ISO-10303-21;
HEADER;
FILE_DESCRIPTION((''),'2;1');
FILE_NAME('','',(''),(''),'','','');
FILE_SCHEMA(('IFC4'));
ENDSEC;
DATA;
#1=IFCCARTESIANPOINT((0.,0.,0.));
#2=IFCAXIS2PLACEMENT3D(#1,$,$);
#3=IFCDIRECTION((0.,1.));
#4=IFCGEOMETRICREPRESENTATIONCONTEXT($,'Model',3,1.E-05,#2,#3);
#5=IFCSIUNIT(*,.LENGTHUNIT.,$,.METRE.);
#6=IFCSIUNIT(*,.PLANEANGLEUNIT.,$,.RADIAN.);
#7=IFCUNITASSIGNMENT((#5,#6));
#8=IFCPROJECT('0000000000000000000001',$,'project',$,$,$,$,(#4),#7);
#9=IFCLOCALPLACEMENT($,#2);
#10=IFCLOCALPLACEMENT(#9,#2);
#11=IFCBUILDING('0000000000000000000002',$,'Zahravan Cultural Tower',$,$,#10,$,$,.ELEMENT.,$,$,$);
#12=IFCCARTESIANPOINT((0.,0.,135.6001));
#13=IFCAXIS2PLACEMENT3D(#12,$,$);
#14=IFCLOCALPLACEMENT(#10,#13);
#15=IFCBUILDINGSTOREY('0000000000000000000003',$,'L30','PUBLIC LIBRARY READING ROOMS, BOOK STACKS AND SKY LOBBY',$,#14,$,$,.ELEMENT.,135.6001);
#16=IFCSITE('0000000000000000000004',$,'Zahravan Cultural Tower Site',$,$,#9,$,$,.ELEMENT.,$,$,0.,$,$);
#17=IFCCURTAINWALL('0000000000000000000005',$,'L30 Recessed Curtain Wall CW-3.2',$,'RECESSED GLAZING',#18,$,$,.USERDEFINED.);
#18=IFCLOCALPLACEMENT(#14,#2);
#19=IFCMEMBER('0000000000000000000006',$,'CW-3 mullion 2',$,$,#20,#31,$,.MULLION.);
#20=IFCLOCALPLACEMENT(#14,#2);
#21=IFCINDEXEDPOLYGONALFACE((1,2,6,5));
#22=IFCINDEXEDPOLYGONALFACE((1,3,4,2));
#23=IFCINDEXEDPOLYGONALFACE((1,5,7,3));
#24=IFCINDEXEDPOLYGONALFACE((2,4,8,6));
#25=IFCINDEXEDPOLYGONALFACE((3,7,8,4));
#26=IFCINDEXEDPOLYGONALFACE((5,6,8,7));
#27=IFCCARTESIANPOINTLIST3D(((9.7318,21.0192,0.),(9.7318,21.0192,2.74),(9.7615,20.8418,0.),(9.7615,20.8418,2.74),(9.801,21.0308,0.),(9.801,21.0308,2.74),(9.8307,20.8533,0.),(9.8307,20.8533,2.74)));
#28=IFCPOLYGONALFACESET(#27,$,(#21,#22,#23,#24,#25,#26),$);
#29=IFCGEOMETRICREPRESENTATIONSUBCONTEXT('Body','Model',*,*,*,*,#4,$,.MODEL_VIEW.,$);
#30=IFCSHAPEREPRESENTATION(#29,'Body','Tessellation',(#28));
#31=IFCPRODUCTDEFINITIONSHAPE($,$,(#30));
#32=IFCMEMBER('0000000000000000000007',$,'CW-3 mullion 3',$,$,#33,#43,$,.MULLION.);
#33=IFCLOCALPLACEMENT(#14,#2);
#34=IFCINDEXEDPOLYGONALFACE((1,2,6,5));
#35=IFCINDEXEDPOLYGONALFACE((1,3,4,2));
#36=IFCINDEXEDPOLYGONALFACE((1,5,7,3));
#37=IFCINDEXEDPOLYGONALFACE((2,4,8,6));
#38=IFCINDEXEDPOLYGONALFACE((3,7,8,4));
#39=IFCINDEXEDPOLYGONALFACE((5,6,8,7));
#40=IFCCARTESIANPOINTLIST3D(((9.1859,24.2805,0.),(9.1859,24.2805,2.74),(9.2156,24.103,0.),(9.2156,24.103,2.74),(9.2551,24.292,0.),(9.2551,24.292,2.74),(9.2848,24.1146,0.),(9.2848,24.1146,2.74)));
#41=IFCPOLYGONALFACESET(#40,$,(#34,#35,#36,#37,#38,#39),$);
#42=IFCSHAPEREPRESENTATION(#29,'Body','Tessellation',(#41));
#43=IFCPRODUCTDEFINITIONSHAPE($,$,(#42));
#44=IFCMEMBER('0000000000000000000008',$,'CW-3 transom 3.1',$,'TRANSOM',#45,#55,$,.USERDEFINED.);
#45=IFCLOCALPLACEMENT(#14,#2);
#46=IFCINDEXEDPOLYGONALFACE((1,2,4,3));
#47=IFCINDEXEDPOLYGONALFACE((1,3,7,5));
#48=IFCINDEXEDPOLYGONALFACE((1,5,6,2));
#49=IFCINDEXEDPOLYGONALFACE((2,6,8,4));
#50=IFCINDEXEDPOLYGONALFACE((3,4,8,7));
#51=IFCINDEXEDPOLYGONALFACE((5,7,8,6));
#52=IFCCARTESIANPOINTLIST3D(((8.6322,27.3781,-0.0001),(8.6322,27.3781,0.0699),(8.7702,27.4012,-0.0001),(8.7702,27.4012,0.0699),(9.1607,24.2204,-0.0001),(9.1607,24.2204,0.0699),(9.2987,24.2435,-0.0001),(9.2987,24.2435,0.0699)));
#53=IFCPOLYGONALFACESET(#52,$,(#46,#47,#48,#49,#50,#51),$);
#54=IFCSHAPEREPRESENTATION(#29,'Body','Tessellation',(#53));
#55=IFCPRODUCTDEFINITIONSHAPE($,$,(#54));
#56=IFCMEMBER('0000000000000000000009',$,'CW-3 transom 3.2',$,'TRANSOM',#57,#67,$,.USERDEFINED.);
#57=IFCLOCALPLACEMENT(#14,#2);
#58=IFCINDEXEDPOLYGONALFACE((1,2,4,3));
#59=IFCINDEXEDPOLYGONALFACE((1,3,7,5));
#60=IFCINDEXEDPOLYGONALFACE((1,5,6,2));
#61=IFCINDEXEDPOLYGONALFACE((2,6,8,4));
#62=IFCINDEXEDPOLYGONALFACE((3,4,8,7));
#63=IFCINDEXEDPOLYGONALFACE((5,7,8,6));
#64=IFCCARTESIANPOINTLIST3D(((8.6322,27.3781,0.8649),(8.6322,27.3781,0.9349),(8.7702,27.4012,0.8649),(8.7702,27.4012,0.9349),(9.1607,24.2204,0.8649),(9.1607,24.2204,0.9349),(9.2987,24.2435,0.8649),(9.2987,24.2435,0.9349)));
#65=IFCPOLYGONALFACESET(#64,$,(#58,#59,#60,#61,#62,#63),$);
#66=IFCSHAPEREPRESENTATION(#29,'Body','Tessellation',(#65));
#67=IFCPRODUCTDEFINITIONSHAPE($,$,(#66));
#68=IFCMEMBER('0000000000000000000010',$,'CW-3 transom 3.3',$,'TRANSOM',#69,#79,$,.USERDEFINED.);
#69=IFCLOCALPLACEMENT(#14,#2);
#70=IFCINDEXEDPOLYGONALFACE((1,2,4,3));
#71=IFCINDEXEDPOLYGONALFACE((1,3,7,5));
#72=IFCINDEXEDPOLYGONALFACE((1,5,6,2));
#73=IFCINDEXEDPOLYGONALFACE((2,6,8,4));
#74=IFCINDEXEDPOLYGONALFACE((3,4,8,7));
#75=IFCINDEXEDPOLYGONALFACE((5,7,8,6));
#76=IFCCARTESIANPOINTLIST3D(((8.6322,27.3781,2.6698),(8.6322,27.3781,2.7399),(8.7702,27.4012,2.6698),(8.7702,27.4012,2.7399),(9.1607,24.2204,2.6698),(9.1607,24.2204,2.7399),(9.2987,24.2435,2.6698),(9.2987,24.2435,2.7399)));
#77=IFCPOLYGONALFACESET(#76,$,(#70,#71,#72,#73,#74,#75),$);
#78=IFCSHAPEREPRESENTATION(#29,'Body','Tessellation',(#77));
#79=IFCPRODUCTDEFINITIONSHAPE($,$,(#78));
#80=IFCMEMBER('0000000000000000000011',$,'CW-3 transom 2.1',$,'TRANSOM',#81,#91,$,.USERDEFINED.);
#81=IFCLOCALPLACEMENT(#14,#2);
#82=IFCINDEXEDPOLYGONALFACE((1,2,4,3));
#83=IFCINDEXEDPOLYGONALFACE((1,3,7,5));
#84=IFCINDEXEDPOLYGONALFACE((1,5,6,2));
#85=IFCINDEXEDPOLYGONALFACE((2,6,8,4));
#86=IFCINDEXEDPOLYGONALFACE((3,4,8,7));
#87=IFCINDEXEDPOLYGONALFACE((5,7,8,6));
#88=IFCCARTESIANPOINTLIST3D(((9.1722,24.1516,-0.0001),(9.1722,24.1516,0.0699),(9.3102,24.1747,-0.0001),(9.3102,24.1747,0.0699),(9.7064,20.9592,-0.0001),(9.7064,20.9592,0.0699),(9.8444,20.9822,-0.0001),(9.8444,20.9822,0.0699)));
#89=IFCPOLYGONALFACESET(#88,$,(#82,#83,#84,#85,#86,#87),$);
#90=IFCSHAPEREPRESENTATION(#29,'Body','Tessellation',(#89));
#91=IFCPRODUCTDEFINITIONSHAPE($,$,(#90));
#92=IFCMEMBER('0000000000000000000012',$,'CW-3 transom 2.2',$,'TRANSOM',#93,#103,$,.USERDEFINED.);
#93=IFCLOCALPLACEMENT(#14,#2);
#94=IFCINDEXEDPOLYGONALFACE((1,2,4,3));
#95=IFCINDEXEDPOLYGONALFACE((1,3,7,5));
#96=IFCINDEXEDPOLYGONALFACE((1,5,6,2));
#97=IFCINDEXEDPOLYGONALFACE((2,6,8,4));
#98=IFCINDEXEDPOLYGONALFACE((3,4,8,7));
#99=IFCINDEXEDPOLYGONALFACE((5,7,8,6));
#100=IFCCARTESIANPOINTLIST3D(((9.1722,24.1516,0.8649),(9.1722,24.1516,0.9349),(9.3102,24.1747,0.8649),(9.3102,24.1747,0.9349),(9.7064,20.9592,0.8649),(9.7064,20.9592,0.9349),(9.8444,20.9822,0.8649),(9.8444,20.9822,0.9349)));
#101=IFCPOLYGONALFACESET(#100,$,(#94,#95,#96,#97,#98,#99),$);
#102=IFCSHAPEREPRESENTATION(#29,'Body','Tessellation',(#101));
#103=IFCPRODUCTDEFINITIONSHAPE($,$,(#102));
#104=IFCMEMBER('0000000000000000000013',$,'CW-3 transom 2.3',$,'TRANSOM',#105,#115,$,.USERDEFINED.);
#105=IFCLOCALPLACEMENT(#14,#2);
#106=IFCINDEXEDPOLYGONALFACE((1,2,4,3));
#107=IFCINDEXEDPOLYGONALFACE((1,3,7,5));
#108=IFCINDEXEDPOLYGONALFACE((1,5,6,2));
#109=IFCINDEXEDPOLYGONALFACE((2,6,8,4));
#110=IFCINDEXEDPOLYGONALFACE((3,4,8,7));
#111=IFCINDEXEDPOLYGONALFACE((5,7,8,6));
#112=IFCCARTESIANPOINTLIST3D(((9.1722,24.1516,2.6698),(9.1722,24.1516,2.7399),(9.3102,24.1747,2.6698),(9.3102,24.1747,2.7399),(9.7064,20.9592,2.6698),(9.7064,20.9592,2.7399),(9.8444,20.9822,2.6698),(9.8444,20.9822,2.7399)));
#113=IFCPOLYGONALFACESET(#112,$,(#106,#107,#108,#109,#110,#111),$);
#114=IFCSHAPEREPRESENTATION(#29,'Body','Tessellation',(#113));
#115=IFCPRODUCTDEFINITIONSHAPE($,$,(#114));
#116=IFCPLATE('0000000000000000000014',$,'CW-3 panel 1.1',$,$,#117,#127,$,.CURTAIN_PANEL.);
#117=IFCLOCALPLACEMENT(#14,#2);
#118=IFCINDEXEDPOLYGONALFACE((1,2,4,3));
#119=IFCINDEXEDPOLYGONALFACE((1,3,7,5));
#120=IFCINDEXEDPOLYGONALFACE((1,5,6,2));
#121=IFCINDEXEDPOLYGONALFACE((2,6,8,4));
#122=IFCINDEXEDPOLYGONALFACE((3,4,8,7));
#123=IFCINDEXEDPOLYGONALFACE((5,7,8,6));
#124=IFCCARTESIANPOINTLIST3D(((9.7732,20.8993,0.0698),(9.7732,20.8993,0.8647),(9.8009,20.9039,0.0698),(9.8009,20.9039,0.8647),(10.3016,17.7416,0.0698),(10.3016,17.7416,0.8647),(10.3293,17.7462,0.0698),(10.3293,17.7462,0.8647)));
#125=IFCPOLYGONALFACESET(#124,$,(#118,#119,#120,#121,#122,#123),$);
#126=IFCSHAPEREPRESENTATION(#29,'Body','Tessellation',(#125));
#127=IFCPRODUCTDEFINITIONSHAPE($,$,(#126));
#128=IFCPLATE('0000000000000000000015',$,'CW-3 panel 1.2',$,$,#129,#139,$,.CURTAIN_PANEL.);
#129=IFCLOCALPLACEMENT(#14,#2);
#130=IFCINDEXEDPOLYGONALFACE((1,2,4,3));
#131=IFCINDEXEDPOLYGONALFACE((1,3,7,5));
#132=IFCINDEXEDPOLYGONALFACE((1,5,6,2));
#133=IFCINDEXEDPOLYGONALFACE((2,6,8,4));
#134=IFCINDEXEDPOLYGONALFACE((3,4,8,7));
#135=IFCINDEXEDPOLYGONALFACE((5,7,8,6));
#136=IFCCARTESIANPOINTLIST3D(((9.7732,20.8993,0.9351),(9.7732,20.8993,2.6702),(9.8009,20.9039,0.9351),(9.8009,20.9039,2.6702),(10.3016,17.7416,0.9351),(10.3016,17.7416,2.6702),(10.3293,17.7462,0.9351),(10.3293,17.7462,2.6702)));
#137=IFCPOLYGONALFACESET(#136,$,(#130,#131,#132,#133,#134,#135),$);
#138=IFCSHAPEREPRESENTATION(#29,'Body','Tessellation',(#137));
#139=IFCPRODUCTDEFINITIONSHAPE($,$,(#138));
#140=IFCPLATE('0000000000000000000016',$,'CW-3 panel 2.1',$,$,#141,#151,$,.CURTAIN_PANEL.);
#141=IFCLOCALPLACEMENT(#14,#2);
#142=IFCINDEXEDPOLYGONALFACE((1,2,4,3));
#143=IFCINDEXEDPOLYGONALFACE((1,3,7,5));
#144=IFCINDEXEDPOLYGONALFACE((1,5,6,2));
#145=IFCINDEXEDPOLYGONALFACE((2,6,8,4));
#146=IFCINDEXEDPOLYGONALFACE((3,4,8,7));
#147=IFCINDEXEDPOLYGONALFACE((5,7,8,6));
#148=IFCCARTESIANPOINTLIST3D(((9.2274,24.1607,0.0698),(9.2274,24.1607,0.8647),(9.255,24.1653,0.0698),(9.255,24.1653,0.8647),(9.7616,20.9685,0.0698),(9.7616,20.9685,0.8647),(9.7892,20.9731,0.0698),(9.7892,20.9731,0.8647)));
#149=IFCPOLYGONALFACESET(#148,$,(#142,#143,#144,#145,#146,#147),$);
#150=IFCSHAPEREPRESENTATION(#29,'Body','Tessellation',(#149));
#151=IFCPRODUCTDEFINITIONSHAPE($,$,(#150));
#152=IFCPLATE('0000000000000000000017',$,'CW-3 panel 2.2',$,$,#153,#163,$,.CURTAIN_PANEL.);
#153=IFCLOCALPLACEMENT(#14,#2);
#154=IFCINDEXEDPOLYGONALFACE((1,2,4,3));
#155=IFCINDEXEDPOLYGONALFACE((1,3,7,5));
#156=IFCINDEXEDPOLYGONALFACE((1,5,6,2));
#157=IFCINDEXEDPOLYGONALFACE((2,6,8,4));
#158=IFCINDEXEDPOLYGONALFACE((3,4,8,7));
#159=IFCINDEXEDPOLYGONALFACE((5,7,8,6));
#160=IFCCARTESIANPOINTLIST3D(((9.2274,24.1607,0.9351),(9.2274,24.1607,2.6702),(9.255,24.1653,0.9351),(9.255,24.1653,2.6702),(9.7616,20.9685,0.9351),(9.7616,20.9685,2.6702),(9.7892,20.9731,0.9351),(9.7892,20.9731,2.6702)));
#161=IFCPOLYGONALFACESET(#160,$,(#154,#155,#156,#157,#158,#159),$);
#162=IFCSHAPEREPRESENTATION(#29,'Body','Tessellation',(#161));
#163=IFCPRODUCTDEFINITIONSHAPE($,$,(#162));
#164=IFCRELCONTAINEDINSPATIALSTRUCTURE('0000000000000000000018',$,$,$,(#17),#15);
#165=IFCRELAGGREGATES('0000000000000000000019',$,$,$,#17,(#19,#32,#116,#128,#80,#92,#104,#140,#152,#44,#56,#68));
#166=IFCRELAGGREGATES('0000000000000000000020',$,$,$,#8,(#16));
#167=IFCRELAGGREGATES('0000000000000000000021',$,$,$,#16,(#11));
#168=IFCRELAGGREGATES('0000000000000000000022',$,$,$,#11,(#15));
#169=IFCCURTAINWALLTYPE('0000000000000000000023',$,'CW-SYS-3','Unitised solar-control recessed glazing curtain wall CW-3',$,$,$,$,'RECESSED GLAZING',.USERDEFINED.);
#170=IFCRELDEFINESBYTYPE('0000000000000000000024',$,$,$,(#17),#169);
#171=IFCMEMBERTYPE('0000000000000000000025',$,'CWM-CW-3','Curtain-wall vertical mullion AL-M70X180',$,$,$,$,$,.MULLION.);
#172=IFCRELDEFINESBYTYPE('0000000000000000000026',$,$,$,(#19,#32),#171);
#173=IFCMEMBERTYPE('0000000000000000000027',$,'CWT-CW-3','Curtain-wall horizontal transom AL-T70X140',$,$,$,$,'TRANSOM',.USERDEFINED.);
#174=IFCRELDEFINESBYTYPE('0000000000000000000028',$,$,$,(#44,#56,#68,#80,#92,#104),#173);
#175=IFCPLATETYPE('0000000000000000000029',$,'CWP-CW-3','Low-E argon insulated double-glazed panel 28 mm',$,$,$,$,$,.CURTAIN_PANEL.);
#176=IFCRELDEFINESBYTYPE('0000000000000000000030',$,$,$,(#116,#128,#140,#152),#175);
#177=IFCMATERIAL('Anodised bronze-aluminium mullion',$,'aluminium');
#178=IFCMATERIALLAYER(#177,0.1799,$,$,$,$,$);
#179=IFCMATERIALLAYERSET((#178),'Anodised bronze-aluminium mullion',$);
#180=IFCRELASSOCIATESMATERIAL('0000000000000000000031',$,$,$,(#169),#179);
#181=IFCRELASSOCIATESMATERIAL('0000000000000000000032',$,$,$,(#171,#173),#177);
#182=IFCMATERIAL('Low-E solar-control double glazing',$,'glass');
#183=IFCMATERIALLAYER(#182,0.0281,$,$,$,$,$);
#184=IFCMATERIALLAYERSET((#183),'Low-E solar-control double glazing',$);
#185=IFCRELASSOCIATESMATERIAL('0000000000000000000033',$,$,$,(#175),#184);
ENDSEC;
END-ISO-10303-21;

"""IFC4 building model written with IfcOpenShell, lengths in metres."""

from ifc_helpers import new_model, si_unit, direction, frame, origin, origin_2d, place, context, subcontext, project, spatial, rectangle, extrude, source, transform, mapped, material, layer, layer_set, material_profile, profile_set, type_object, element, aggregate, save


model = new_model("IFC4")

# Units and contexts
model_context = context("Model", 3, precision=1e-05, world=origin(), true_north=direction((0.0, 1.0)))
body_context = subcontext(model_context, "Body", "Model", "MODEL_VIEW")
ifc_project = project(units=[si_unit("LENGTHUNIT", "METRE"), si_unit("PLANEANGLEUNIT", "RADIAN")], contexts=[model_context])

# Site, building, storey
site_placement = place(None, origin())
site = spatial("IfcSite", under=ifc_project, at=site_placement, Name="Zahravan Cultural Tower Site", CompositionType="ELEMENT", RefElevation=0.0)
building_placement = place(site_placement, origin())
building = spatial("IfcBuilding", under=site, at=building_placement, Name="Zahravan Cultural Tower", CompositionType="ELEMENT")
storey_placement = place(building_placement, frame((0.0, 0.0, 135.6001)))
storey = spatial("IfcBuildingStorey", under=building, at=storey_placement, Name="L30", Description="PUBLIC LIBRARY READING ROOMS, BOOK STACKS AND SKY LOBBY", CompositionType="ELEMENT", Elevation=135.6001)

# Curtain wall, members, plates
ifc_material_1 = material(Name="Anodised bronze-aluminium mullion", Category="aluminium")
ifc_layer_1 = layer(ifc_material_1, 0.1799)
ifc_layer_set_1 = layer_set([ifc_layer_1], Name="Anodised bronze-aluminium mullion")
curtain_wall_type = type_object("IfcCurtainWallType", Name="CW-SYS-3", Description="Unitised solar-control recessed glazing curtain wall CW-3", ElementType="RECESSED GLAZING", PredefinedType="USERDEFINED", material=ifc_layer_set_1)
curtain_wall_placement = place(storey_placement, origin())
curtain_wall = element("IfcCurtainWall", 1, at=curtain_wall_placement, inside=storey, type_object=curtain_wall_type, Name="L30 Recessed Curtain Wall CW-3.2", ObjectType="RECESSED GLAZING", PredefinedType="USERDEFINED")
ifc_material_profile_1 = material_profile(ifc_material_1, rectangle(XDim=0.0701, YDim=0.1799, at=origin_2d()), Name="AL-M70X180")
ifc_profile_set_1 = profile_set([ifc_material_profile_1], Name="Anodised bronze-aluminium mullion")
member_type_1 = type_object("IfcMemberType", Name="CWM-CW-3", Description="Curtain-wall vertical mullion AL-M70X180", PredefinedType="MULLION", material=ifc_profile_set_1)
shared_shape_1 = source(origin(), body_context, "Body", "SweptSolid", [
    extrude(rectangle(XDim=0.0701, YDim=0.1799, at=origin_2d()), origin(), (0.0, 0.0, 1.0), 2.74),
])
member_1_placement = place(storey_placement, frame((9.7812, 20.9363, 0.0), z_axis=(0.0, 0.0, 1.0), x_axis=(-0.986285, -0.165051, 0.0)))
member_1 = element("IfcMember", 2, at=member_1_placement, type_object=member_type_1, Name="CW-3 mullion 2", PredefinedType="MULLION", context=body_context, shape_type="MappedRepresentation", body=[
    mapped(shared_shape_1, transform((0.0, 0.0, 0.0), x_axis=(1.0, 0.0, 0.0), y_axis=(0.0, 1.0, 0.0), z_axis=(0.0, 0.0, 1.0), scale=1.0)),
])
member_2_placement = place(storey_placement, frame((9.2354, 24.1975, 0.0), z_axis=(0.0, 0.0, 1.0), x_axis=(-0.986285, -0.165051, 0.0)))
member_2 = element("IfcMember", 3, at=member_2_placement, type_object=member_type_1, Name="CW-3 mullion 3", PredefinedType="MULLION", context=body_context, shape_type="MappedRepresentation", body=[
    mapped(shared_shape_1, transform((0.0, 0.0, 0.0), x_axis=(1.0, 0.0, 0.0), y_axis=(0.0, 1.0, 0.0), z_axis=(0.0, 0.0, 1.0), scale=1.0)),
])
ifc_material_profile_2 = material_profile(ifc_material_1, rectangle(XDim=0.1399, YDim=0.0701, at=origin_2d()), Name="AL-T70X140")
ifc_profile_set_2 = profile_set([ifc_material_profile_2], Name="Anodised bronze-aluminium mullion")
member_type_2 = type_object("IfcMemberType", Name="CWT-CW-3", Description="Curtain-wall horizontal transom AL-T70X140", ElementType="TRANSOM", PredefinedType="USERDEFINED", material=ifc_profile_set_2)
shared_shape_2 = source(origin(), body_context, "Body", "SweptSolid", [
    extrude(rectangle(XDim=0.1399, YDim=0.0701, at=origin_2d()), origin(), (0.0, 0.0, 1.0), 3.2017),
])
member_3_placement = place(storey_placement, frame((9.2297, 24.2319, 0.0349), z_axis=(-0.165091, 0.986278, 0.0), x_axis=(-0.986278, -0.165091, 0.0)))
member_3 = element("IfcMember", 4, at=member_3_placement, type_object=member_type_2, Name="CW-3 transom 3.1", ObjectType="TRANSOM", PredefinedType="USERDEFINED", context=body_context, shape_type="MappedRepresentation", body=[
    mapped(shared_shape_2, transform((0.0, 0.0, 0.0), x_axis=(1.0, 0.0, 0.0), y_axis=(0.0, 1.0, 0.0), z_axis=(0.0, 0.0, 1.0), scale=1.0)),
])
member_4_placement = place(storey_placement, frame((9.2297, 24.2319, 0.8999), z_axis=(-0.165091, 0.986278, 0.0), x_axis=(-0.986278, -0.165091, 0.0)))
member_4 = element("IfcMember", 5, at=member_4_placement, type_object=member_type_2, Name="CW-3 transom 3.2", ObjectType="TRANSOM", PredefinedType="USERDEFINED", context=body_context, shape_type="MappedRepresentation", body=[
    mapped(shared_shape_2, transform((0.0, 0.0, 0.0), x_axis=(1.0, 0.0, 0.0), y_axis=(0.0, 1.0, 0.0), z_axis=(0.0, 0.0, 1.0), scale=1.0)),
])
member_5_placement = place(storey_placement, frame((9.2297, 24.2319, 2.7048), z_axis=(-0.165091, 0.986278, 0.0), x_axis=(-0.986278, -0.165091, 0.0)))
member_5 = element("IfcMember", 6, at=member_5_placement, type_object=member_type_2, Name="CW-3 transom 3.3", ObjectType="TRANSOM", PredefinedType="USERDEFINED", context=body_context, shape_type="MappedRepresentation", body=[
    mapped(shared_shape_2, transform((0.0, 0.0, 0.0), x_axis=(1.0, 0.0, 0.0), y_axis=(0.0, 1.0, 0.0), z_axis=(0.0, 0.0, 1.0), scale=1.0)),
])
shared_shape_3 = source(origin(), body_context, "Body", "SweptSolid", [
    extrude(rectangle(XDim=0.1399, YDim=0.0701, at=origin_2d()), origin(), (0.0, 0.0, 1.0), 3.2368),
])
member_6_placement = place(storey_placement, frame((9.7754, 20.9707, 0.0349), z_axis=(-0.165035, 0.986288, 0.0), x_axis=(-0.986288, -0.165035, 0.0)))
member_6 = element("IfcMember", 7, at=member_6_placement, type_object=member_type_2, Name="CW-3 transom 2.1", ObjectType="TRANSOM", PredefinedType="USERDEFINED", context=body_context, shape_type="MappedRepresentation", body=[
    mapped(shared_shape_3, transform((0.0, 0.0, 0.0), x_axis=(1.0, 0.0, 0.0), y_axis=(0.0, 1.0, 0.0), z_axis=(0.0, 0.0, 1.0), scale=1.0)),
])
member_7_placement = place(storey_placement, frame((9.7754, 20.9707, 0.8999), z_axis=(-0.165035, 0.986288, 0.0), x_axis=(-0.986288, -0.165035, 0.0)))
member_7 = element("IfcMember", 8, at=member_7_placement, type_object=member_type_2, Name="CW-3 transom 2.2", ObjectType="TRANSOM", PredefinedType="USERDEFINED", context=body_context, shape_type="MappedRepresentation", body=[
    mapped(shared_shape_3, transform((0.0, 0.0, 0.0), x_axis=(1.0, 0.0, 0.0), y_axis=(0.0, 1.0, 0.0), z_axis=(0.0, 0.0, 1.0), scale=1.0)),
])
member_8_placement = place(storey_placement, frame((9.7754, 20.9707, 2.7048), z_axis=(-0.165035, 0.986288, 0.0), x_axis=(-0.986288, -0.165035, 0.0)))
member_8 = element("IfcMember", 9, at=member_8_placement, type_object=member_type_2, Name="CW-3 transom 2.3", ObjectType="TRANSOM", PredefinedType="USERDEFINED", context=body_context, shape_type="MappedRepresentation", body=[
    mapped(shared_shape_3, transform((0.0, 0.0, 0.0), x_axis=(1.0, 0.0, 0.0), y_axis=(0.0, 1.0, 0.0), z_axis=(0.0, 0.0, 1.0), scale=1.0)),
])
ifc_material_2 = material(Name="Low-E solar-control double glazing", Category="glass")
ifc_layer_2 = layer(ifc_material_2, 0.0281)
ifc_layer_set_2 = layer_set([ifc_layer_2], Name="Low-E solar-control double glazing")
plate_type = type_object("IfcPlateType", Name="CWP-CW-3", Description="Low-E argon insulated double-glazed panel 28 mm", PredefinedType="CURTAIN_PANEL", material=ifc_layer_set_2)
shared_shape_4 = source(origin(), body_context, "Body", "SweptSolid", [
    extrude(rectangle(XDim=3.2017, YDim=0.0281, at=origin_2d()), origin(), (0.0, 0.0, 1.0), 0.7949),
])
plate_1_placement = place(storey_placement, frame((10.0513, 19.3228, 0.0698), z_axis=(0.0, 0.0, 1.0), x_axis=(-0.165051, 0.986285, 0.0)))
plate_1 = element("IfcPlate", 10, at=plate_1_placement, type_object=plate_type, Name="CW-3 panel 1.1", PredefinedType="CURTAIN_PANEL", context=body_context, shape_type="MappedRepresentation", body=[
    mapped(shared_shape_4, transform((0.0, 0.0, 0.0), x_axis=(1.0, 0.0, 0.0), y_axis=(0.0, 1.0, 0.0), z_axis=(0.0, 0.0, 1.0), scale=1.0)),
])
shared_shape_5 = source(origin(), body_context, "Body", "SweptSolid", [
    extrude(rectangle(XDim=3.2017, YDim=0.0281, at=origin_2d()), origin(), (0.0, 0.0, 1.0), 1.7351),
])
plate_2_placement = place(storey_placement, frame((10.0513, 19.3228, 0.9351), z_axis=(0.0, 0.0, 1.0), x_axis=(-0.165051, 0.986285, 0.0)))
plate_2 = element("IfcPlate", 11, at=plate_2_placement, type_object=plate_type, Name="CW-3 panel 1.2", PredefinedType="CURTAIN_PANEL", context=body_context, shape_type="MappedRepresentation", body=[
    mapped(shared_shape_5, transform((0.0, 0.0, 0.0), x_axis=(1.0, 0.0, 0.0), y_axis=(0.0, 1.0, 0.0), z_axis=(0.0, 0.0, 1.0), scale=1.0)),
])
shared_shape_6 = source(origin(), body_context, "Body", "SweptSolid", [
    extrude(rectangle(XDim=3.2366, YDim=0.0281, at=origin_2d()), origin(), (0.0, 0.0, 1.0), 0.7949),
])
plate_3_placement = place(storey_placement, frame((9.5083, 22.5669, 0.0698), z_axis=(0.0, 0.0, 1.0), x_axis=(-0.165051, 0.986285, 0.0)))
plate_3 = element("IfcPlate", 12, at=plate_3_placement, type_object=plate_type, Name="CW-3 panel 2.1", PredefinedType="CURTAIN_PANEL", context=body_context, shape_type="MappedRepresentation", body=[
    mapped(shared_shape_6, transform((0.0, 0.0, 0.0), x_axis=(1.0, 0.0, 0.0), y_axis=(0.0, 1.0, 0.0), z_axis=(0.0, 0.0, 1.0), scale=1.0)),
])
shared_shape_7 = source(origin(), body_context, "Body", "SweptSolid", [
    extrude(rectangle(XDim=3.2366, YDim=0.0281, at=origin_2d()), origin(), (0.0, 0.0, 1.0), 1.7351),
])
plate_4_placement = place(storey_placement, frame((9.5083, 22.5669, 0.9351), z_axis=(0.0, 0.0, 1.0), x_axis=(-0.165051, 0.986285, 0.0)))
plate_4 = element("IfcPlate", 13, at=plate_4_placement, type_object=plate_type, Name="CW-3 panel 2.2", PredefinedType="CURTAIN_PANEL", context=body_context, shape_type="MappedRepresentation", body=[
    mapped(shared_shape_7, transform((0.0, 0.0, 0.0), x_axis=(1.0, 0.0, 0.0), y_axis=(0.0, 1.0, 0.0), z_axis=(0.0, 0.0, 1.0), scale=1.0)),
])
aggregate(curtain_wall, [member_1, member_2, plate_1, plate_2, member_6, member_7, member_8, plate_3, plate_4, member_3, member_4, member_5])

save(model, "model.ifc")
